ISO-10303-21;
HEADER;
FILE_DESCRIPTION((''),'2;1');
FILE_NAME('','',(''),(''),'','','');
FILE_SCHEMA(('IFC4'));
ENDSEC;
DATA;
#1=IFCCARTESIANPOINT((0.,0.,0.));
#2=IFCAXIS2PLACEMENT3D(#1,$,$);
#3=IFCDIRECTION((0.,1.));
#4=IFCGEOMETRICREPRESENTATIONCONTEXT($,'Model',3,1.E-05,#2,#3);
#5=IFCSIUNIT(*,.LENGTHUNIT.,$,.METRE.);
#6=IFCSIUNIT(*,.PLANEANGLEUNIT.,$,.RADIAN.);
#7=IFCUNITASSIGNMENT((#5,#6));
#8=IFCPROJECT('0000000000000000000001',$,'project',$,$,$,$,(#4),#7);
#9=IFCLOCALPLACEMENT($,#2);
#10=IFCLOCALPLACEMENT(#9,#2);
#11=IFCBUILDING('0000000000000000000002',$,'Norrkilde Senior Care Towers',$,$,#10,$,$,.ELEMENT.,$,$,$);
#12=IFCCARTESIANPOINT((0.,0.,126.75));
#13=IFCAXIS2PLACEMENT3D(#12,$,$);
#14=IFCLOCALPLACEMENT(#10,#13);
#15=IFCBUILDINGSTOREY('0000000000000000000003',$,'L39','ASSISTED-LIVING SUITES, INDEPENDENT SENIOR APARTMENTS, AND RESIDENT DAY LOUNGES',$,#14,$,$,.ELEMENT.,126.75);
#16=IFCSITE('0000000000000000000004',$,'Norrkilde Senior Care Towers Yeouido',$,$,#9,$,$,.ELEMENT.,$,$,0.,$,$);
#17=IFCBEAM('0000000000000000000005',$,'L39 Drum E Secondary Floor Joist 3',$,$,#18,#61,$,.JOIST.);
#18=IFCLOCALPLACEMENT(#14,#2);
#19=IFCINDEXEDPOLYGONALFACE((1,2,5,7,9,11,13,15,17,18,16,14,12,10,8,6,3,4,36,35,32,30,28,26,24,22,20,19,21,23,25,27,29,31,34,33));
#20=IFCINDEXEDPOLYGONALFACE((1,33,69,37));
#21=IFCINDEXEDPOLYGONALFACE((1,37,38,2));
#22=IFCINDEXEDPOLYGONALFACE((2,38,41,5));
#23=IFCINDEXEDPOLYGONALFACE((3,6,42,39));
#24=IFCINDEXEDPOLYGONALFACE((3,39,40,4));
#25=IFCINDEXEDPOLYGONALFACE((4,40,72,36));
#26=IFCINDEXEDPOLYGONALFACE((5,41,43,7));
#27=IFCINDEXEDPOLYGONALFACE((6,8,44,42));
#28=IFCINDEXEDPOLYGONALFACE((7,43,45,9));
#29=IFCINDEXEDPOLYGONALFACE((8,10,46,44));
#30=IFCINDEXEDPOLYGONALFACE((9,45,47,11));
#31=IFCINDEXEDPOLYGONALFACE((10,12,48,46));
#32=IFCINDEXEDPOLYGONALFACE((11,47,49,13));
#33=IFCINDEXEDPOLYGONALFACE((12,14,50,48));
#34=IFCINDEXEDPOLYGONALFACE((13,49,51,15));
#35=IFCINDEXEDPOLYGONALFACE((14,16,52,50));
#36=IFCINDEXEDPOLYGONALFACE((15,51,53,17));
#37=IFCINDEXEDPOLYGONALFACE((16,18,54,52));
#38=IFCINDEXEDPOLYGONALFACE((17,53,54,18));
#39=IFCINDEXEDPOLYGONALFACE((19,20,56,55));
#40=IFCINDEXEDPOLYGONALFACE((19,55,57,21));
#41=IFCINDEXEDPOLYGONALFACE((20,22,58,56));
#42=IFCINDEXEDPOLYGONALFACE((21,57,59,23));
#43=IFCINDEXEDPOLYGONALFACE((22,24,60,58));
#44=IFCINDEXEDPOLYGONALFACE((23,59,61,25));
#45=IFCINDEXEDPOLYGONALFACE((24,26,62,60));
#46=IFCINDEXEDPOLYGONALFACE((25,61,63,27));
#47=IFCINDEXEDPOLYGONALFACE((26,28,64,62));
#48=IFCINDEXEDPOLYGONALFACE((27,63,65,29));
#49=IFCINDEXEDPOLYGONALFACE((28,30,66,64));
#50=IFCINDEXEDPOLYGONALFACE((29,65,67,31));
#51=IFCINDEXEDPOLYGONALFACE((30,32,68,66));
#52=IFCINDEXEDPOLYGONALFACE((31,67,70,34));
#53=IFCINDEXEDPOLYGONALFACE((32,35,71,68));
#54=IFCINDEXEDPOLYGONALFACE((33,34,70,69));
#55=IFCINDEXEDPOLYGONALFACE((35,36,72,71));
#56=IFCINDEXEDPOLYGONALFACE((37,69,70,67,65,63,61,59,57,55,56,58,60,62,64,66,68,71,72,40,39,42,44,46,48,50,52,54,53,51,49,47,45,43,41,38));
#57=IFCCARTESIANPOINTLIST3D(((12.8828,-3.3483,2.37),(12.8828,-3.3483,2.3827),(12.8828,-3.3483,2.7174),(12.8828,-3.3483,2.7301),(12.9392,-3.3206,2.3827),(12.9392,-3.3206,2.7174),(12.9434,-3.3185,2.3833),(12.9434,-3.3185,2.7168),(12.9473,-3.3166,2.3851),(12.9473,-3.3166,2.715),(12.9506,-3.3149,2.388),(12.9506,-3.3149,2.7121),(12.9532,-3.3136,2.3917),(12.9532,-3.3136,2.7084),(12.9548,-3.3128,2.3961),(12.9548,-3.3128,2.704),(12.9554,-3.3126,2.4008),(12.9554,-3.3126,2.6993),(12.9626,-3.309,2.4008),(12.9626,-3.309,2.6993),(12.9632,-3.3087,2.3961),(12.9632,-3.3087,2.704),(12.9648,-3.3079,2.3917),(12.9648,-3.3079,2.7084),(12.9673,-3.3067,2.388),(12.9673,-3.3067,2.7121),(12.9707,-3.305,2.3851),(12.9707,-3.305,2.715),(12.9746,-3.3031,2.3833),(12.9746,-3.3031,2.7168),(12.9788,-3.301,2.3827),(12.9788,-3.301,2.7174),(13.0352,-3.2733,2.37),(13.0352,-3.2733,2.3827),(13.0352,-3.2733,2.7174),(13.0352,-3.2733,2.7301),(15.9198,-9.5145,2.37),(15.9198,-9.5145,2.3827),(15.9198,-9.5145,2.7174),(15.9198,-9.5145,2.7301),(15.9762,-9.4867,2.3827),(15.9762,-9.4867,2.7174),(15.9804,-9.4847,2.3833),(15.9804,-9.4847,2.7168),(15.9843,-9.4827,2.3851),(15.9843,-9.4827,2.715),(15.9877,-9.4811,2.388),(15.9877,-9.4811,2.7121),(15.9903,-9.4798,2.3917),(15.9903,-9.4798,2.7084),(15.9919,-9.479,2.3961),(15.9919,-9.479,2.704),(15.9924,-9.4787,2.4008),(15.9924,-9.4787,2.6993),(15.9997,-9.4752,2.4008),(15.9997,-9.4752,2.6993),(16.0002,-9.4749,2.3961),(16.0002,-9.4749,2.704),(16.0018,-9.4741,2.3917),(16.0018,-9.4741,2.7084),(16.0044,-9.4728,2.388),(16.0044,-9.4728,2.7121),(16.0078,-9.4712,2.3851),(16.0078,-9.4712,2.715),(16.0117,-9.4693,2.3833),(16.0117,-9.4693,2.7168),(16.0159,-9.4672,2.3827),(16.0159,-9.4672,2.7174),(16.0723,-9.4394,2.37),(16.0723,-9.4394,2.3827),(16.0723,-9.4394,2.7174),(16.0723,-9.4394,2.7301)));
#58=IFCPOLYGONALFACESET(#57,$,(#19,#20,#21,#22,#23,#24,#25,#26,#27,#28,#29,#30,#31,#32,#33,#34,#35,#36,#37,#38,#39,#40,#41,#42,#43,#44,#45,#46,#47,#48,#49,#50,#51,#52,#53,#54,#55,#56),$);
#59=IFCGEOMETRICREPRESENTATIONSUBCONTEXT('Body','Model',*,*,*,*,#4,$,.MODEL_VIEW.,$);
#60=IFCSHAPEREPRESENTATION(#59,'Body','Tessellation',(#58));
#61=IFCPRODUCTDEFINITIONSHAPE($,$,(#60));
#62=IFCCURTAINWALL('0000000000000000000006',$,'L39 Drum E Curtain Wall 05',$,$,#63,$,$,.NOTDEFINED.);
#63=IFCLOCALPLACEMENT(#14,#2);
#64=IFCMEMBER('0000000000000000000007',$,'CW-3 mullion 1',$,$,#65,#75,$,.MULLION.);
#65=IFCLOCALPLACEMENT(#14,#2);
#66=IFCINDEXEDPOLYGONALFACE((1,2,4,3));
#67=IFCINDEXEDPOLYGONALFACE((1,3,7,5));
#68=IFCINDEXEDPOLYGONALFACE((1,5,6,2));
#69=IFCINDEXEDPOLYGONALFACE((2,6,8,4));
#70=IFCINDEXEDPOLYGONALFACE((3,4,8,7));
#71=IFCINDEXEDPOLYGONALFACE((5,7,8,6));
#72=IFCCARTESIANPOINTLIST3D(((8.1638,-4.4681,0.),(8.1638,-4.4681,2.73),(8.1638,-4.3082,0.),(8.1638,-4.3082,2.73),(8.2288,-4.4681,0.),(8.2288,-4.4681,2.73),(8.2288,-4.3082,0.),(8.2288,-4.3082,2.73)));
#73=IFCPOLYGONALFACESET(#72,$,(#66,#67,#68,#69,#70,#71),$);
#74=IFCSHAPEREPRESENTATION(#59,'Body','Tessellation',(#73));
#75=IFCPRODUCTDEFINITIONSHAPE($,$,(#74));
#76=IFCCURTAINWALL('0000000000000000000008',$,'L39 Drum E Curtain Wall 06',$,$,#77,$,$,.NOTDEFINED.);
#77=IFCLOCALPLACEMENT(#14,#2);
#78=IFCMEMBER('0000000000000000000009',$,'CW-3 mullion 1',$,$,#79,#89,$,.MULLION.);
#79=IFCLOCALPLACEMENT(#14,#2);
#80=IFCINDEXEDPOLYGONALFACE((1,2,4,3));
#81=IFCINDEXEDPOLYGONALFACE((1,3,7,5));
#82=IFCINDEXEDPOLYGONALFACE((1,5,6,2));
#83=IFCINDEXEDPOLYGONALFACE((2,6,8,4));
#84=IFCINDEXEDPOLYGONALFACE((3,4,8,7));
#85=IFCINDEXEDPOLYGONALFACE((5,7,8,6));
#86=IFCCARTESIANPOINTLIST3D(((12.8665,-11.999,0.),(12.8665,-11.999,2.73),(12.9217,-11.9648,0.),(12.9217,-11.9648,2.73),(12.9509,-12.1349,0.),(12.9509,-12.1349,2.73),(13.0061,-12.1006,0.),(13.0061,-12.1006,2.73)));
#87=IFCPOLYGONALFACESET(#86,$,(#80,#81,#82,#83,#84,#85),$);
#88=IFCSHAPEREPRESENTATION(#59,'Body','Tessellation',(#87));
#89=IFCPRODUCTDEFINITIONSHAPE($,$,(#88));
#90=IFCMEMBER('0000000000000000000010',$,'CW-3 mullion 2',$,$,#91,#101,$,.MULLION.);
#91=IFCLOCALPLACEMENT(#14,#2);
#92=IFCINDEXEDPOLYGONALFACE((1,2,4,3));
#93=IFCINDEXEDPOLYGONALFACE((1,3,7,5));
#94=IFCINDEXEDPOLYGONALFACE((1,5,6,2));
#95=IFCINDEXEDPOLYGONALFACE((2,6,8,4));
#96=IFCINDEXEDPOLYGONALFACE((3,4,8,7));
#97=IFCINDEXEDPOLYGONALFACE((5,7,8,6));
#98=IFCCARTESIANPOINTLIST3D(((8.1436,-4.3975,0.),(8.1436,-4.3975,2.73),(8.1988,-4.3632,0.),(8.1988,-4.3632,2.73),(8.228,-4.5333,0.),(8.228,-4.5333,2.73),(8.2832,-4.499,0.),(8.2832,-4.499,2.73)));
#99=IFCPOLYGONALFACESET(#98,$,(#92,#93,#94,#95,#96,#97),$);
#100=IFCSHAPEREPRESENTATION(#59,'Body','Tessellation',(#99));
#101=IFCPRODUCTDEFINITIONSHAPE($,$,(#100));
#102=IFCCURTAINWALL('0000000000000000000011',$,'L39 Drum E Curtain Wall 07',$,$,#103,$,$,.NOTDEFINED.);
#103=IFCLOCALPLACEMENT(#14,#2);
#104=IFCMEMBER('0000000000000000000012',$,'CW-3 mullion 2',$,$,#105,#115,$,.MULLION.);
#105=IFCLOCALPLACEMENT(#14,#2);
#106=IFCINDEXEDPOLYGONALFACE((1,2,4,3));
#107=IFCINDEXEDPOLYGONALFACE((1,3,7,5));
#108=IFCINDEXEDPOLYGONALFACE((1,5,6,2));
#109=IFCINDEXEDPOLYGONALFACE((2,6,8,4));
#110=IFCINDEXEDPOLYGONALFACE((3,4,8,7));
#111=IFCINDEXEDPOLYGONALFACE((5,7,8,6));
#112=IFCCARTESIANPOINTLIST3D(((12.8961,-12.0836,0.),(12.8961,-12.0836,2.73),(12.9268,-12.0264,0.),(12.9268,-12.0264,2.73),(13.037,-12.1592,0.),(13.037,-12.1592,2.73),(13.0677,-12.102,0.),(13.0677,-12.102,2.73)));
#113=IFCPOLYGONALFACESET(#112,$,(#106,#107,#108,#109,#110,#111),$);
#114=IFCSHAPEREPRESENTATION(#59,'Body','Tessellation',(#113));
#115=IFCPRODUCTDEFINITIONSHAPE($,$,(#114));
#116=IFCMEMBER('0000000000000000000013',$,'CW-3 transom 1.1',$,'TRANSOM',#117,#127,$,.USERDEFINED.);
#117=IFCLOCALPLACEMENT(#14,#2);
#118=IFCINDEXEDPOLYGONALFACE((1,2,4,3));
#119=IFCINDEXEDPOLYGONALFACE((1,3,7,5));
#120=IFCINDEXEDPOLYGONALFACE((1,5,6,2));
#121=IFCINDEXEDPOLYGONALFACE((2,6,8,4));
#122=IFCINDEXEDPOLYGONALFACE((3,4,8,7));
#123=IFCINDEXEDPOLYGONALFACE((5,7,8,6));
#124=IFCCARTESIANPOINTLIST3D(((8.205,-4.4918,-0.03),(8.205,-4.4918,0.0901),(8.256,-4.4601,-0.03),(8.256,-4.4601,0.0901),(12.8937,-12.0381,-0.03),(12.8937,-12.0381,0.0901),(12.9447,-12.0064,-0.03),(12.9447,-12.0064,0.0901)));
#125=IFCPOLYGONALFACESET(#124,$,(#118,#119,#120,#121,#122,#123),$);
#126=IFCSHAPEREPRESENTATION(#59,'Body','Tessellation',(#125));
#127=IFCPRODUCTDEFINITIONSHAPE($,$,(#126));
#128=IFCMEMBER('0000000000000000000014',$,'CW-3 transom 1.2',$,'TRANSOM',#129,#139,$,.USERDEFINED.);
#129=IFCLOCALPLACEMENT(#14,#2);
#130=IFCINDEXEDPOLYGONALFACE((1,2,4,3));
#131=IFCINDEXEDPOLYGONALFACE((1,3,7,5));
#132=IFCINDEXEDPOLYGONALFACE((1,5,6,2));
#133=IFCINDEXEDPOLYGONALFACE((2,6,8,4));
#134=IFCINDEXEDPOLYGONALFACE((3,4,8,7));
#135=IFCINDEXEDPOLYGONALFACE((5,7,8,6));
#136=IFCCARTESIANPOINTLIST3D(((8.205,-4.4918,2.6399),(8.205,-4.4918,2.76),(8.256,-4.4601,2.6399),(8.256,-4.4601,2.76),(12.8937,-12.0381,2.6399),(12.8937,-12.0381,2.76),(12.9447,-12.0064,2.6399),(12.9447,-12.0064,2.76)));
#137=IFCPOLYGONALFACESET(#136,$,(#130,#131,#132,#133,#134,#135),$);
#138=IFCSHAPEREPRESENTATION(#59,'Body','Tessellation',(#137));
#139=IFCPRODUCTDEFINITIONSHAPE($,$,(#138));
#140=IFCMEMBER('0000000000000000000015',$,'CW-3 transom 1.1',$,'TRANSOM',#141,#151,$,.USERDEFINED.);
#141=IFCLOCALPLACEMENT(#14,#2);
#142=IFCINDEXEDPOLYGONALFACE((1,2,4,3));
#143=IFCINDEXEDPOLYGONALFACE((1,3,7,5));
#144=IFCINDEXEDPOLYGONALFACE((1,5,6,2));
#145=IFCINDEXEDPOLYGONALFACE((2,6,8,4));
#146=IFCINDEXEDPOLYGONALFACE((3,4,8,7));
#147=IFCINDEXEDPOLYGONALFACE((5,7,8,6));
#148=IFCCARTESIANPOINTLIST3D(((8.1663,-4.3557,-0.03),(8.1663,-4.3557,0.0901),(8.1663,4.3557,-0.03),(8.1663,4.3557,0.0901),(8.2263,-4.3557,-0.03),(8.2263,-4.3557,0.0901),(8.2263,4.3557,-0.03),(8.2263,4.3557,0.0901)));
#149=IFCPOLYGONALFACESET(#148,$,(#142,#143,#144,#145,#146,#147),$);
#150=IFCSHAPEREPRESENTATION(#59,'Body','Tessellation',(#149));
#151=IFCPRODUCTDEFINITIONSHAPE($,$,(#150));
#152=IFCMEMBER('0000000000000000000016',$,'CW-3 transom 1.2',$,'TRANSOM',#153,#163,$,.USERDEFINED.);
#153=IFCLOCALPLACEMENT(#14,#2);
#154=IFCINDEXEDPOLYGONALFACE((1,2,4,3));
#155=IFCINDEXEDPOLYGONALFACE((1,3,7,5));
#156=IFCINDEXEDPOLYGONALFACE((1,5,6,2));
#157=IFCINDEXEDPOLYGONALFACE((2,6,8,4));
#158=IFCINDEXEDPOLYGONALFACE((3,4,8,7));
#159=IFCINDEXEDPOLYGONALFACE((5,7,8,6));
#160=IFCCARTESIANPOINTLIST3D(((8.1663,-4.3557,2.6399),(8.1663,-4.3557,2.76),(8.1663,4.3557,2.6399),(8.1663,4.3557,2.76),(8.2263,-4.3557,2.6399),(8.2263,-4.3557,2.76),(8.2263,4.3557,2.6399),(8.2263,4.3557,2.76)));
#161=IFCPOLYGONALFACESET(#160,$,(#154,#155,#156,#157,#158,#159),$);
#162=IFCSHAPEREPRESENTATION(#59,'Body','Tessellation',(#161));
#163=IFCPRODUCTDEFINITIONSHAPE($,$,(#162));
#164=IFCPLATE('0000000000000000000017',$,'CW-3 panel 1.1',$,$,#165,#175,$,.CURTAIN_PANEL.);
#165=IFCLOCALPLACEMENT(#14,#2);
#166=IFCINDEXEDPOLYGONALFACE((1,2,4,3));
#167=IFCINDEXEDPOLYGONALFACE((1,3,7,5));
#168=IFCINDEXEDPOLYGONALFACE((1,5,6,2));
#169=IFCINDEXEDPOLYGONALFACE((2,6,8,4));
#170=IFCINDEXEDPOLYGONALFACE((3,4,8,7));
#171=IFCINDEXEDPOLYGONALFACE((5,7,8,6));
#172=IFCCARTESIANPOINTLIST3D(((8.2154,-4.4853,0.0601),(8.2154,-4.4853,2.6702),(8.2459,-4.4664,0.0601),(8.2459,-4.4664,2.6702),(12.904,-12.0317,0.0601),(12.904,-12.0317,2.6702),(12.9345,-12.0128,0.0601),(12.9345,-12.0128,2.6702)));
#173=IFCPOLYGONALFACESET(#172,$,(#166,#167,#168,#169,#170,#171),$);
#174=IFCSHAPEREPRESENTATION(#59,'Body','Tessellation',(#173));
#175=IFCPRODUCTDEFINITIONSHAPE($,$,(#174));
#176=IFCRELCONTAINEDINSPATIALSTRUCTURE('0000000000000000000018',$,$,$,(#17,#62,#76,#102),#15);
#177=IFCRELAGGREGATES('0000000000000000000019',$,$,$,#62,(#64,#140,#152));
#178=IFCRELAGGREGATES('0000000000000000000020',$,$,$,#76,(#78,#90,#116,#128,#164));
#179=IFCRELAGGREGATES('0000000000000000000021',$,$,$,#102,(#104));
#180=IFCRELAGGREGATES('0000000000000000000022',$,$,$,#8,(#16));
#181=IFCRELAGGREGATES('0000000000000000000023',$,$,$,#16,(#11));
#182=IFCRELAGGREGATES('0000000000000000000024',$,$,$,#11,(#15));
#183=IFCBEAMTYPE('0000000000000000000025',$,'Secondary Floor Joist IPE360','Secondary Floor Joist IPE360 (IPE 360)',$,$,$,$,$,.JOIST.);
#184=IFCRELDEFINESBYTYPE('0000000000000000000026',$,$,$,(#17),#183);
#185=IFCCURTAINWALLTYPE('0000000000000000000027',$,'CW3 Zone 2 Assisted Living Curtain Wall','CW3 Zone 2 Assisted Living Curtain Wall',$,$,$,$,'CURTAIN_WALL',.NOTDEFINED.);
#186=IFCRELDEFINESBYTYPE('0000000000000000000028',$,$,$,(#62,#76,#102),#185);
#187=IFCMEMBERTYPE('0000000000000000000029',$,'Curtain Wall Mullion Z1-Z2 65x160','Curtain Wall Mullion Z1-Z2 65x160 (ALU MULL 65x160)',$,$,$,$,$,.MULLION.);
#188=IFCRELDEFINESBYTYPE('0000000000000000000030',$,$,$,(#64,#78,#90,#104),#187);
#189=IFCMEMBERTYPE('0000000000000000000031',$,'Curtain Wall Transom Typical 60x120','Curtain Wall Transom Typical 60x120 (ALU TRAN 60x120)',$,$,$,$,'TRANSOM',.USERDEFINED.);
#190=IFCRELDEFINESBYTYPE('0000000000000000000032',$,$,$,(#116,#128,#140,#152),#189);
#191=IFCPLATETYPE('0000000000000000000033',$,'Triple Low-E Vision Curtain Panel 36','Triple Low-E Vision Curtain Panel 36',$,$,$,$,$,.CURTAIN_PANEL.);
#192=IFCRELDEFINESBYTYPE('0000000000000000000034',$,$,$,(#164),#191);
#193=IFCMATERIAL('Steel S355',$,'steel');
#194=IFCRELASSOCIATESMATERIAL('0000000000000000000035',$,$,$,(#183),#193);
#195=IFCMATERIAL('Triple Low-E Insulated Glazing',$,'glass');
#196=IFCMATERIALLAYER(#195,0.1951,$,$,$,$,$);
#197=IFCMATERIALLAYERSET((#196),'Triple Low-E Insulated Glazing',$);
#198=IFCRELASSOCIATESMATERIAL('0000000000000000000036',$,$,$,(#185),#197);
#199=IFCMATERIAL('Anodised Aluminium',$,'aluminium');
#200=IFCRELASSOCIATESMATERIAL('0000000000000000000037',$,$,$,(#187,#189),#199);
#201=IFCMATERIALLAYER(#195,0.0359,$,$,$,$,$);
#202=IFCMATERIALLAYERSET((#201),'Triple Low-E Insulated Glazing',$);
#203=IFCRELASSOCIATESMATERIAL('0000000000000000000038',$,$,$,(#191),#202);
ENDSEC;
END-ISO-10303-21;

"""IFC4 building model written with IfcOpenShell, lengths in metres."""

from ifc_helpers import new_model, si_unit, direction, frame, origin, origin_2d, place, context, subcontext, project, spatial, rectangle, i_section, extrude, source, transform, mapped, material, layer, layer_set, material_profile, profile_set, type_object, type_shapes, element, aggregate, save


model = new_model("IFC4")

# Units and contexts
model_context = context("Model", 3, precision=1e-05, world=origin(), true_north=direction((0.0, 1.0)))
body_context = subcontext(model_context, "Body", "Model", "MODEL_VIEW")
ifc_project = project(units=[si_unit("LENGTHUNIT", "METRE"), si_unit("PLANEANGLEUNIT", "RADIAN")], contexts=[model_context])

# Site, building, storey
site_placement = place(None, origin())
site = spatial("IfcSite", under=ifc_project, at=site_placement, Name="Norrkilde Senior Care Towers Yeouido", CompositionType="ELEMENT", RefElevation=0.0)
building_placement = place(site_placement, origin())
building = spatial("IfcBuilding", under=site, at=building_placement, Name="Norrkilde Senior Care Towers", CompositionType="ELEMENT")
storey_placement = place(building_placement, frame((0.0, 0.0, 126.75)))
storey = spatial("IfcBuildingStorey", under=building, at=storey_placement, Name="L39", Description="ASSISTED-LIVING SUITES, INDEPENDENT SENIOR APARTMENTS, AND RESIDENT DAY LOUNGES", CompositionType="ELEMENT", Elevation=126.75)

# Beam
ifc_material_1 = material(Name="Steel S355", Category="steel")
ifc_material_profile_1 = material_profile(ifc_material_1, i_section(OverallWidth=0.1699, OverallDepth=0.3601, WebThickness=0.0081, FlangeThickness=0.0127, FilletRadius=0.0181, at=origin_2d()), Name="IPE 360")
ifc_profile_set_1 = profile_set([ifc_material_profile_1], Name="Steel S355")
beam_type_1 = type_object("IfcBeamType", Name="Secondary Floor Joist IPE360", Description="Secondary Floor Joist IPE360 (IPE 360)", PredefinedType="JOIST", material=ifc_profile_set_1)
shared_shape_1 = source(origin(), body_context, "Body", "SweptSolid", [
    extrude(i_section(OverallWidth=0.1699, OverallDepth=0.3601, WebThickness=0.0081, FlangeThickness=0.0127, FilletRadius=0.0181, at=origin_2d()), origin(), (0.0, 0.0, 1.0), 6.8735),
])
type_shapes(beam_type_1, [shared_shape_1])
beam_1_placement = place(storey_placement, frame((12.959, -3.3108, 2.55), z_axis=(0.441849, -0.897089, 0.0), x_axis=(0.897089, 0.441849, 0.0)))
element("IfcBeam", 1, at=beam_1_placement, inside=storey, type_object=beam_type_1, Name="L39 Drum E Secondary Floor Joist 3", PredefinedType="JOIST", context=body_context, shape_type="MappedRepresentation", body=[
    mapped(shared_shape_1, transform((0.0, 0.0, 0.0), x_axis=(1.0, 0.0, 0.0), y_axis=(0.0, 1.0, 0.0), z_axis=(0.0, 0.0, 1.0), scale=1.0)),
])

# Curtain wall, member
ifc_material_2 = material(Name="Triple Low-E Insulated Glazing", Category="glass")
ifc_layer_1 = layer(ifc_material_2, 0.1951)
ifc_layer_set_1 = layer_set([ifc_layer_1], Name="Triple Low-E Insulated Glazing")
curtain_wall_type = type_object("IfcCurtainWallType", Name="CW3 Zone 2 Assisted Living Curtain Wall", Description="CW3 Zone 2 Assisted Living Curtain Wall", ElementType="CURTAIN_WALL", PredefinedType="NOTDEFINED", material=ifc_layer_set_1)
curtain_wall_1_placement = place(storey_placement, origin())
curtain_wall_1 = element("IfcCurtainWall", 2, at=curtain_wall_1_placement, inside=storey, type_object=curtain_wall_type, Name="L39 Drum E Curtain Wall 05", PredefinedType="NOTDEFINED")
ifc_material_3 = material(Name="Anodised Aluminium", Category="aluminium")
ifc_material_profile_2 = material_profile(ifc_material_3, rectangle(XDim=0.0649, YDim=0.1599, at=origin_2d()), Name="ALU MULL 65x160")
ifc_profile_set_2 = profile_set([ifc_material_profile_2], Name="Anodised Aluminium")
member_type_1 = type_object("IfcMemberType", Name="Curtain Wall Mullion Z1-Z2 65x160", Description="Curtain Wall Mullion Z1-Z2 65x160 (ALU MULL 65x160)", PredefinedType="MULLION", material=ifc_profile_set_2)
shared_shape_2 = source(origin(), body_context, "Body", "SweptSolid", [
    extrude(rectangle(XDim=0.0649, YDim=0.1599, at=origin_2d()), origin(), (0.0, 0.0, 1.0), 2.73),
])
type_shapes(member_type_1, [shared_shape_2])
member_1_placement = place(storey_placement, frame((8.1963, -4.3882, 0.0), z_axis=(0.0, 0.0, 1.0), x_axis=(-1.0, 0.0, 0.0)))
member_1 = element("IfcMember", 3, at=member_1_placement, type_object=member_type_1, Name="CW-3 mullion 1", PredefinedType="MULLION", context=body_context, shape_type="MappedRepresentation", body=[
    mapped(shared_shape_2, transform((0.0, 0.0, 0.0), x_axis=(1.0, 0.0, 0.0), y_axis=(0.0, 1.0, 0.0), z_axis=(0.0, 0.0, 1.0), scale=1.0)),
])

# Curtain wall, members
curtain_wall_2_placement = place(storey_placement, origin())
curtain_wall_2 = element("IfcCurtainWall", 4, at=curtain_wall_2_placement, inside=storey, type_object=curtain_wall_type, Name="L39 Drum E Curtain Wall 06", PredefinedType="NOTDEFINED")
member_2_placement = place(storey_placement, frame((12.9363, -12.0498, 0.0), z_axis=(0.0, 0.0, 1.0), x_axis=(-0.84941, -0.527733, 0.0)))
member_2 = element("IfcMember", 5, at=member_2_placement, type_object=member_type_1, Name="CW-3 mullion 1", PredefinedType="MULLION", context=body_context, shape_type="MappedRepresentation", body=[
    mapped(shared_shape_2, transform((0.0, 0.0, 0.0), x_axis=(1.0, 0.0, 0.0), y_axis=(0.0, 1.0, 0.0), z_axis=(0.0, 0.0, 1.0), scale=1.0)),
])
member_3_placement = place(storey_placement, frame((8.2134, -4.4482, 0.0), z_axis=(0.0, 0.0, 1.0), x_axis=(-0.84941, -0.527733, 0.0)))
member_3 = element("IfcMember", 6, at=member_3_placement, type_object=member_type_1, Name="CW-3 mullion 2", PredefinedType="MULLION", context=body_context, shape_type="MappedRepresentation", body=[
    mapped(shared_shape_2, transform((0.0, 0.0, 0.0), x_axis=(1.0, 0.0, 0.0), y_axis=(0.0, 1.0, 0.0), z_axis=(0.0, 0.0, 1.0), scale=1.0)),
])

# Curtain wall, member
curtain_wall_3_placement = place(storey_placement, origin())
curtain_wall_3 = element("IfcCurtainWall", 7, at=curtain_wall_3_placement, inside=storey, type_object=curtain_wall_type, Name="L39 Drum E Curtain Wall 07", PredefinedType="NOTDEFINED")
member_4_placement = place(storey_placement, frame((12.9819, -12.0928, 0.0), z_axis=(0.0, 0.0, 1.0), x_axis=(-0.472769, -0.881186, 0.0)))
member_4 = element("IfcMember", 8, at=member_4_placement, type_object=member_type_1, Name="CW-3 mullion 2", PredefinedType="MULLION", context=body_context, shape_type="MappedRepresentation", body=[
    mapped(shared_shape_2, transform((0.0, 0.0, 0.0), x_axis=(1.0, 0.0, 0.0), y_axis=(0.0, 1.0, 0.0), z_axis=(0.0, 0.0, 1.0), scale=1.0)),
])

# Members
ifc_material_profile_3 = material_profile(ifc_material_3, rectangle(XDim=0.0601, YDim=0.1201, at=origin_2d()), Name="ALU TRAN 60x120")
ifc_profile_set_3 = profile_set([ifc_material_profile_3], Name="Anodised Aluminium")
member_type_2 = type_object("IfcMemberType", Name="Curtain Wall Transom Typical 60x120", Description="Curtain Wall Transom Typical 60x120 (ALU TRAN 60x120)", ElementType="TRANSOM", PredefinedType="USERDEFINED", material=ifc_profile_set_3)
shared_shape_3 = source(origin(), body_context, "Body", "SweptSolid", [
    extrude(rectangle(XDim=0.0601, YDim=0.1201, at=origin_2d()), origin(), (0.0, 0.0, 1.0), 8.8843),
])
member_5_placement = place(storey_placement, frame((12.9192, -12.0222, 0.03), z_axis=(-0.527749, 0.8494, 0.0), x_axis=(-0.8494, -0.527749, 0.0)))
member_5 = element("IfcMember", 9, at=member_5_placement, type_object=member_type_2, Name="CW-3 transom 1.1", ObjectType="TRANSOM", PredefinedType="USERDEFINED", context=body_context, shape_type="MappedRepresentation", body=[
    mapped(shared_shape_3, transform((0.0, 0.0, 0.0), x_axis=(1.0, 0.0, 0.0), y_axis=(0.0, 1.0, 0.0), z_axis=(0.0, 0.0, 1.0), scale=1.0)),
])
member_6_placement = place(storey_placement, frame((12.9192, -12.0222, 2.7), z_axis=(-0.527749, 0.8494, 0.0), x_axis=(-0.8494, -0.527749, 0.0)))
member_6 = element("IfcMember", 10, at=member_6_placement, type_object=member_type_2, Name="CW-3 transom 1.2", ObjectType="TRANSOM", PredefinedType="USERDEFINED", context=body_context, shape_type="MappedRepresentation", body=[
    mapped(shared_shape_3, transform((0.0, 0.0, 0.0), x_axis=(1.0, 0.0, 0.0), y_axis=(0.0, 1.0, 0.0), z_axis=(0.0, 0.0, 1.0), scale=1.0)),
])
shared_shape_4 = source(origin(), body_context, "Body", "SweptSolid", [
    extrude(rectangle(XDim=0.0601, YDim=0.1201, at=origin_2d()), origin(), (0.0, 0.0, 1.0), 8.7114),
])
type_shapes(member_type_2, [shared_shape_3, shared_shape_4])
member_7_placement = place(storey_placement, frame((8.1963, -4.3557, 0.03), z_axis=(0.0, 1.0, 0.0), x_axis=(-1.0, 0.0, 0.0)))
member_7 = element("IfcMember", 11, at=member_7_placement, type_object=member_type_2, Name="CW-3 transom 1.1", ObjectType="TRANSOM", PredefinedType="USERDEFINED", context=body_context, shape_type="MappedRepresentation", body=[
    mapped(shared_shape_4, transform((0.0, 0.0, 0.0), x_axis=(1.0, 0.0, 0.0), y_axis=(0.0, 1.0, 0.0), z_axis=(0.0, 0.0, 1.0), scale=1.0)),
])
member_8_placement = place(storey_placement, frame((8.1963, -4.3557, 2.7), z_axis=(0.0, 1.0, 0.0), x_axis=(-1.0, 0.0, 0.0)))
member_8 = element("IfcMember", 12, at=member_8_placement, type_object=member_type_2, Name="CW-3 transom 1.2", ObjectType="TRANSOM", PredefinedType="USERDEFINED", context=body_context, shape_type="MappedRepresentation", body=[
    mapped(shared_shape_4, transform((0.0, 0.0, 0.0), x_axis=(1.0, 0.0, 0.0), y_axis=(0.0, 1.0, 0.0), z_axis=(0.0, 0.0, 1.0), scale=1.0)),
])
aggregate(curtain_wall_1, [member_1, member_7, member_8])

# Plate
ifc_layer_2 = layer(ifc_material_2, 0.0359)
ifc_layer_set_2 = layer_set([ifc_layer_2], Name="Triple Low-E Insulated Glazing")
plate_type = type_object("IfcPlateType", Name="Triple Low-E Vision Curtain Panel 36", Description="Triple Low-E Vision Curtain Panel 36", PredefinedType="CURTAIN_PANEL", material=ifc_layer_set_2)
shared_shape_5 = source(origin(), body_context, "Body", "SweptSolid", [
    extrude(rectangle(XDim=8.8843, YDim=0.0359, at=origin_2d()), origin(), (0.0, 0.0, 1.0), 2.6101),
])
plate_1_placement = place(storey_placement, frame((10.575, -8.249, 0.0601), z_axis=(0.0, 0.0, 1.0), x_axis=(-0.527733, 0.84941, 0.0)))
plate_1 = element("IfcPlate", 13, at=plate_1_placement, type_object=plate_type, Name="CW-3 panel 1.1", PredefinedType="CURTAIN_PANEL", context=body_context, shape_type="MappedRepresentation", body=[
    mapped(shared_shape_5, transform((0.0, 0.0, 0.0), x_axis=(1.0, 0.0, 0.0), y_axis=(0.0, 1.0, 0.0), z_axis=(0.0, 0.0, 1.0), scale=1.0)),
])
aggregate(curtain_wall_2, [member_2, member_3, member_5, member_6, plate_1])
aggregate(curtain_wall_3, [member_4])

save(model, "model.ifc")
